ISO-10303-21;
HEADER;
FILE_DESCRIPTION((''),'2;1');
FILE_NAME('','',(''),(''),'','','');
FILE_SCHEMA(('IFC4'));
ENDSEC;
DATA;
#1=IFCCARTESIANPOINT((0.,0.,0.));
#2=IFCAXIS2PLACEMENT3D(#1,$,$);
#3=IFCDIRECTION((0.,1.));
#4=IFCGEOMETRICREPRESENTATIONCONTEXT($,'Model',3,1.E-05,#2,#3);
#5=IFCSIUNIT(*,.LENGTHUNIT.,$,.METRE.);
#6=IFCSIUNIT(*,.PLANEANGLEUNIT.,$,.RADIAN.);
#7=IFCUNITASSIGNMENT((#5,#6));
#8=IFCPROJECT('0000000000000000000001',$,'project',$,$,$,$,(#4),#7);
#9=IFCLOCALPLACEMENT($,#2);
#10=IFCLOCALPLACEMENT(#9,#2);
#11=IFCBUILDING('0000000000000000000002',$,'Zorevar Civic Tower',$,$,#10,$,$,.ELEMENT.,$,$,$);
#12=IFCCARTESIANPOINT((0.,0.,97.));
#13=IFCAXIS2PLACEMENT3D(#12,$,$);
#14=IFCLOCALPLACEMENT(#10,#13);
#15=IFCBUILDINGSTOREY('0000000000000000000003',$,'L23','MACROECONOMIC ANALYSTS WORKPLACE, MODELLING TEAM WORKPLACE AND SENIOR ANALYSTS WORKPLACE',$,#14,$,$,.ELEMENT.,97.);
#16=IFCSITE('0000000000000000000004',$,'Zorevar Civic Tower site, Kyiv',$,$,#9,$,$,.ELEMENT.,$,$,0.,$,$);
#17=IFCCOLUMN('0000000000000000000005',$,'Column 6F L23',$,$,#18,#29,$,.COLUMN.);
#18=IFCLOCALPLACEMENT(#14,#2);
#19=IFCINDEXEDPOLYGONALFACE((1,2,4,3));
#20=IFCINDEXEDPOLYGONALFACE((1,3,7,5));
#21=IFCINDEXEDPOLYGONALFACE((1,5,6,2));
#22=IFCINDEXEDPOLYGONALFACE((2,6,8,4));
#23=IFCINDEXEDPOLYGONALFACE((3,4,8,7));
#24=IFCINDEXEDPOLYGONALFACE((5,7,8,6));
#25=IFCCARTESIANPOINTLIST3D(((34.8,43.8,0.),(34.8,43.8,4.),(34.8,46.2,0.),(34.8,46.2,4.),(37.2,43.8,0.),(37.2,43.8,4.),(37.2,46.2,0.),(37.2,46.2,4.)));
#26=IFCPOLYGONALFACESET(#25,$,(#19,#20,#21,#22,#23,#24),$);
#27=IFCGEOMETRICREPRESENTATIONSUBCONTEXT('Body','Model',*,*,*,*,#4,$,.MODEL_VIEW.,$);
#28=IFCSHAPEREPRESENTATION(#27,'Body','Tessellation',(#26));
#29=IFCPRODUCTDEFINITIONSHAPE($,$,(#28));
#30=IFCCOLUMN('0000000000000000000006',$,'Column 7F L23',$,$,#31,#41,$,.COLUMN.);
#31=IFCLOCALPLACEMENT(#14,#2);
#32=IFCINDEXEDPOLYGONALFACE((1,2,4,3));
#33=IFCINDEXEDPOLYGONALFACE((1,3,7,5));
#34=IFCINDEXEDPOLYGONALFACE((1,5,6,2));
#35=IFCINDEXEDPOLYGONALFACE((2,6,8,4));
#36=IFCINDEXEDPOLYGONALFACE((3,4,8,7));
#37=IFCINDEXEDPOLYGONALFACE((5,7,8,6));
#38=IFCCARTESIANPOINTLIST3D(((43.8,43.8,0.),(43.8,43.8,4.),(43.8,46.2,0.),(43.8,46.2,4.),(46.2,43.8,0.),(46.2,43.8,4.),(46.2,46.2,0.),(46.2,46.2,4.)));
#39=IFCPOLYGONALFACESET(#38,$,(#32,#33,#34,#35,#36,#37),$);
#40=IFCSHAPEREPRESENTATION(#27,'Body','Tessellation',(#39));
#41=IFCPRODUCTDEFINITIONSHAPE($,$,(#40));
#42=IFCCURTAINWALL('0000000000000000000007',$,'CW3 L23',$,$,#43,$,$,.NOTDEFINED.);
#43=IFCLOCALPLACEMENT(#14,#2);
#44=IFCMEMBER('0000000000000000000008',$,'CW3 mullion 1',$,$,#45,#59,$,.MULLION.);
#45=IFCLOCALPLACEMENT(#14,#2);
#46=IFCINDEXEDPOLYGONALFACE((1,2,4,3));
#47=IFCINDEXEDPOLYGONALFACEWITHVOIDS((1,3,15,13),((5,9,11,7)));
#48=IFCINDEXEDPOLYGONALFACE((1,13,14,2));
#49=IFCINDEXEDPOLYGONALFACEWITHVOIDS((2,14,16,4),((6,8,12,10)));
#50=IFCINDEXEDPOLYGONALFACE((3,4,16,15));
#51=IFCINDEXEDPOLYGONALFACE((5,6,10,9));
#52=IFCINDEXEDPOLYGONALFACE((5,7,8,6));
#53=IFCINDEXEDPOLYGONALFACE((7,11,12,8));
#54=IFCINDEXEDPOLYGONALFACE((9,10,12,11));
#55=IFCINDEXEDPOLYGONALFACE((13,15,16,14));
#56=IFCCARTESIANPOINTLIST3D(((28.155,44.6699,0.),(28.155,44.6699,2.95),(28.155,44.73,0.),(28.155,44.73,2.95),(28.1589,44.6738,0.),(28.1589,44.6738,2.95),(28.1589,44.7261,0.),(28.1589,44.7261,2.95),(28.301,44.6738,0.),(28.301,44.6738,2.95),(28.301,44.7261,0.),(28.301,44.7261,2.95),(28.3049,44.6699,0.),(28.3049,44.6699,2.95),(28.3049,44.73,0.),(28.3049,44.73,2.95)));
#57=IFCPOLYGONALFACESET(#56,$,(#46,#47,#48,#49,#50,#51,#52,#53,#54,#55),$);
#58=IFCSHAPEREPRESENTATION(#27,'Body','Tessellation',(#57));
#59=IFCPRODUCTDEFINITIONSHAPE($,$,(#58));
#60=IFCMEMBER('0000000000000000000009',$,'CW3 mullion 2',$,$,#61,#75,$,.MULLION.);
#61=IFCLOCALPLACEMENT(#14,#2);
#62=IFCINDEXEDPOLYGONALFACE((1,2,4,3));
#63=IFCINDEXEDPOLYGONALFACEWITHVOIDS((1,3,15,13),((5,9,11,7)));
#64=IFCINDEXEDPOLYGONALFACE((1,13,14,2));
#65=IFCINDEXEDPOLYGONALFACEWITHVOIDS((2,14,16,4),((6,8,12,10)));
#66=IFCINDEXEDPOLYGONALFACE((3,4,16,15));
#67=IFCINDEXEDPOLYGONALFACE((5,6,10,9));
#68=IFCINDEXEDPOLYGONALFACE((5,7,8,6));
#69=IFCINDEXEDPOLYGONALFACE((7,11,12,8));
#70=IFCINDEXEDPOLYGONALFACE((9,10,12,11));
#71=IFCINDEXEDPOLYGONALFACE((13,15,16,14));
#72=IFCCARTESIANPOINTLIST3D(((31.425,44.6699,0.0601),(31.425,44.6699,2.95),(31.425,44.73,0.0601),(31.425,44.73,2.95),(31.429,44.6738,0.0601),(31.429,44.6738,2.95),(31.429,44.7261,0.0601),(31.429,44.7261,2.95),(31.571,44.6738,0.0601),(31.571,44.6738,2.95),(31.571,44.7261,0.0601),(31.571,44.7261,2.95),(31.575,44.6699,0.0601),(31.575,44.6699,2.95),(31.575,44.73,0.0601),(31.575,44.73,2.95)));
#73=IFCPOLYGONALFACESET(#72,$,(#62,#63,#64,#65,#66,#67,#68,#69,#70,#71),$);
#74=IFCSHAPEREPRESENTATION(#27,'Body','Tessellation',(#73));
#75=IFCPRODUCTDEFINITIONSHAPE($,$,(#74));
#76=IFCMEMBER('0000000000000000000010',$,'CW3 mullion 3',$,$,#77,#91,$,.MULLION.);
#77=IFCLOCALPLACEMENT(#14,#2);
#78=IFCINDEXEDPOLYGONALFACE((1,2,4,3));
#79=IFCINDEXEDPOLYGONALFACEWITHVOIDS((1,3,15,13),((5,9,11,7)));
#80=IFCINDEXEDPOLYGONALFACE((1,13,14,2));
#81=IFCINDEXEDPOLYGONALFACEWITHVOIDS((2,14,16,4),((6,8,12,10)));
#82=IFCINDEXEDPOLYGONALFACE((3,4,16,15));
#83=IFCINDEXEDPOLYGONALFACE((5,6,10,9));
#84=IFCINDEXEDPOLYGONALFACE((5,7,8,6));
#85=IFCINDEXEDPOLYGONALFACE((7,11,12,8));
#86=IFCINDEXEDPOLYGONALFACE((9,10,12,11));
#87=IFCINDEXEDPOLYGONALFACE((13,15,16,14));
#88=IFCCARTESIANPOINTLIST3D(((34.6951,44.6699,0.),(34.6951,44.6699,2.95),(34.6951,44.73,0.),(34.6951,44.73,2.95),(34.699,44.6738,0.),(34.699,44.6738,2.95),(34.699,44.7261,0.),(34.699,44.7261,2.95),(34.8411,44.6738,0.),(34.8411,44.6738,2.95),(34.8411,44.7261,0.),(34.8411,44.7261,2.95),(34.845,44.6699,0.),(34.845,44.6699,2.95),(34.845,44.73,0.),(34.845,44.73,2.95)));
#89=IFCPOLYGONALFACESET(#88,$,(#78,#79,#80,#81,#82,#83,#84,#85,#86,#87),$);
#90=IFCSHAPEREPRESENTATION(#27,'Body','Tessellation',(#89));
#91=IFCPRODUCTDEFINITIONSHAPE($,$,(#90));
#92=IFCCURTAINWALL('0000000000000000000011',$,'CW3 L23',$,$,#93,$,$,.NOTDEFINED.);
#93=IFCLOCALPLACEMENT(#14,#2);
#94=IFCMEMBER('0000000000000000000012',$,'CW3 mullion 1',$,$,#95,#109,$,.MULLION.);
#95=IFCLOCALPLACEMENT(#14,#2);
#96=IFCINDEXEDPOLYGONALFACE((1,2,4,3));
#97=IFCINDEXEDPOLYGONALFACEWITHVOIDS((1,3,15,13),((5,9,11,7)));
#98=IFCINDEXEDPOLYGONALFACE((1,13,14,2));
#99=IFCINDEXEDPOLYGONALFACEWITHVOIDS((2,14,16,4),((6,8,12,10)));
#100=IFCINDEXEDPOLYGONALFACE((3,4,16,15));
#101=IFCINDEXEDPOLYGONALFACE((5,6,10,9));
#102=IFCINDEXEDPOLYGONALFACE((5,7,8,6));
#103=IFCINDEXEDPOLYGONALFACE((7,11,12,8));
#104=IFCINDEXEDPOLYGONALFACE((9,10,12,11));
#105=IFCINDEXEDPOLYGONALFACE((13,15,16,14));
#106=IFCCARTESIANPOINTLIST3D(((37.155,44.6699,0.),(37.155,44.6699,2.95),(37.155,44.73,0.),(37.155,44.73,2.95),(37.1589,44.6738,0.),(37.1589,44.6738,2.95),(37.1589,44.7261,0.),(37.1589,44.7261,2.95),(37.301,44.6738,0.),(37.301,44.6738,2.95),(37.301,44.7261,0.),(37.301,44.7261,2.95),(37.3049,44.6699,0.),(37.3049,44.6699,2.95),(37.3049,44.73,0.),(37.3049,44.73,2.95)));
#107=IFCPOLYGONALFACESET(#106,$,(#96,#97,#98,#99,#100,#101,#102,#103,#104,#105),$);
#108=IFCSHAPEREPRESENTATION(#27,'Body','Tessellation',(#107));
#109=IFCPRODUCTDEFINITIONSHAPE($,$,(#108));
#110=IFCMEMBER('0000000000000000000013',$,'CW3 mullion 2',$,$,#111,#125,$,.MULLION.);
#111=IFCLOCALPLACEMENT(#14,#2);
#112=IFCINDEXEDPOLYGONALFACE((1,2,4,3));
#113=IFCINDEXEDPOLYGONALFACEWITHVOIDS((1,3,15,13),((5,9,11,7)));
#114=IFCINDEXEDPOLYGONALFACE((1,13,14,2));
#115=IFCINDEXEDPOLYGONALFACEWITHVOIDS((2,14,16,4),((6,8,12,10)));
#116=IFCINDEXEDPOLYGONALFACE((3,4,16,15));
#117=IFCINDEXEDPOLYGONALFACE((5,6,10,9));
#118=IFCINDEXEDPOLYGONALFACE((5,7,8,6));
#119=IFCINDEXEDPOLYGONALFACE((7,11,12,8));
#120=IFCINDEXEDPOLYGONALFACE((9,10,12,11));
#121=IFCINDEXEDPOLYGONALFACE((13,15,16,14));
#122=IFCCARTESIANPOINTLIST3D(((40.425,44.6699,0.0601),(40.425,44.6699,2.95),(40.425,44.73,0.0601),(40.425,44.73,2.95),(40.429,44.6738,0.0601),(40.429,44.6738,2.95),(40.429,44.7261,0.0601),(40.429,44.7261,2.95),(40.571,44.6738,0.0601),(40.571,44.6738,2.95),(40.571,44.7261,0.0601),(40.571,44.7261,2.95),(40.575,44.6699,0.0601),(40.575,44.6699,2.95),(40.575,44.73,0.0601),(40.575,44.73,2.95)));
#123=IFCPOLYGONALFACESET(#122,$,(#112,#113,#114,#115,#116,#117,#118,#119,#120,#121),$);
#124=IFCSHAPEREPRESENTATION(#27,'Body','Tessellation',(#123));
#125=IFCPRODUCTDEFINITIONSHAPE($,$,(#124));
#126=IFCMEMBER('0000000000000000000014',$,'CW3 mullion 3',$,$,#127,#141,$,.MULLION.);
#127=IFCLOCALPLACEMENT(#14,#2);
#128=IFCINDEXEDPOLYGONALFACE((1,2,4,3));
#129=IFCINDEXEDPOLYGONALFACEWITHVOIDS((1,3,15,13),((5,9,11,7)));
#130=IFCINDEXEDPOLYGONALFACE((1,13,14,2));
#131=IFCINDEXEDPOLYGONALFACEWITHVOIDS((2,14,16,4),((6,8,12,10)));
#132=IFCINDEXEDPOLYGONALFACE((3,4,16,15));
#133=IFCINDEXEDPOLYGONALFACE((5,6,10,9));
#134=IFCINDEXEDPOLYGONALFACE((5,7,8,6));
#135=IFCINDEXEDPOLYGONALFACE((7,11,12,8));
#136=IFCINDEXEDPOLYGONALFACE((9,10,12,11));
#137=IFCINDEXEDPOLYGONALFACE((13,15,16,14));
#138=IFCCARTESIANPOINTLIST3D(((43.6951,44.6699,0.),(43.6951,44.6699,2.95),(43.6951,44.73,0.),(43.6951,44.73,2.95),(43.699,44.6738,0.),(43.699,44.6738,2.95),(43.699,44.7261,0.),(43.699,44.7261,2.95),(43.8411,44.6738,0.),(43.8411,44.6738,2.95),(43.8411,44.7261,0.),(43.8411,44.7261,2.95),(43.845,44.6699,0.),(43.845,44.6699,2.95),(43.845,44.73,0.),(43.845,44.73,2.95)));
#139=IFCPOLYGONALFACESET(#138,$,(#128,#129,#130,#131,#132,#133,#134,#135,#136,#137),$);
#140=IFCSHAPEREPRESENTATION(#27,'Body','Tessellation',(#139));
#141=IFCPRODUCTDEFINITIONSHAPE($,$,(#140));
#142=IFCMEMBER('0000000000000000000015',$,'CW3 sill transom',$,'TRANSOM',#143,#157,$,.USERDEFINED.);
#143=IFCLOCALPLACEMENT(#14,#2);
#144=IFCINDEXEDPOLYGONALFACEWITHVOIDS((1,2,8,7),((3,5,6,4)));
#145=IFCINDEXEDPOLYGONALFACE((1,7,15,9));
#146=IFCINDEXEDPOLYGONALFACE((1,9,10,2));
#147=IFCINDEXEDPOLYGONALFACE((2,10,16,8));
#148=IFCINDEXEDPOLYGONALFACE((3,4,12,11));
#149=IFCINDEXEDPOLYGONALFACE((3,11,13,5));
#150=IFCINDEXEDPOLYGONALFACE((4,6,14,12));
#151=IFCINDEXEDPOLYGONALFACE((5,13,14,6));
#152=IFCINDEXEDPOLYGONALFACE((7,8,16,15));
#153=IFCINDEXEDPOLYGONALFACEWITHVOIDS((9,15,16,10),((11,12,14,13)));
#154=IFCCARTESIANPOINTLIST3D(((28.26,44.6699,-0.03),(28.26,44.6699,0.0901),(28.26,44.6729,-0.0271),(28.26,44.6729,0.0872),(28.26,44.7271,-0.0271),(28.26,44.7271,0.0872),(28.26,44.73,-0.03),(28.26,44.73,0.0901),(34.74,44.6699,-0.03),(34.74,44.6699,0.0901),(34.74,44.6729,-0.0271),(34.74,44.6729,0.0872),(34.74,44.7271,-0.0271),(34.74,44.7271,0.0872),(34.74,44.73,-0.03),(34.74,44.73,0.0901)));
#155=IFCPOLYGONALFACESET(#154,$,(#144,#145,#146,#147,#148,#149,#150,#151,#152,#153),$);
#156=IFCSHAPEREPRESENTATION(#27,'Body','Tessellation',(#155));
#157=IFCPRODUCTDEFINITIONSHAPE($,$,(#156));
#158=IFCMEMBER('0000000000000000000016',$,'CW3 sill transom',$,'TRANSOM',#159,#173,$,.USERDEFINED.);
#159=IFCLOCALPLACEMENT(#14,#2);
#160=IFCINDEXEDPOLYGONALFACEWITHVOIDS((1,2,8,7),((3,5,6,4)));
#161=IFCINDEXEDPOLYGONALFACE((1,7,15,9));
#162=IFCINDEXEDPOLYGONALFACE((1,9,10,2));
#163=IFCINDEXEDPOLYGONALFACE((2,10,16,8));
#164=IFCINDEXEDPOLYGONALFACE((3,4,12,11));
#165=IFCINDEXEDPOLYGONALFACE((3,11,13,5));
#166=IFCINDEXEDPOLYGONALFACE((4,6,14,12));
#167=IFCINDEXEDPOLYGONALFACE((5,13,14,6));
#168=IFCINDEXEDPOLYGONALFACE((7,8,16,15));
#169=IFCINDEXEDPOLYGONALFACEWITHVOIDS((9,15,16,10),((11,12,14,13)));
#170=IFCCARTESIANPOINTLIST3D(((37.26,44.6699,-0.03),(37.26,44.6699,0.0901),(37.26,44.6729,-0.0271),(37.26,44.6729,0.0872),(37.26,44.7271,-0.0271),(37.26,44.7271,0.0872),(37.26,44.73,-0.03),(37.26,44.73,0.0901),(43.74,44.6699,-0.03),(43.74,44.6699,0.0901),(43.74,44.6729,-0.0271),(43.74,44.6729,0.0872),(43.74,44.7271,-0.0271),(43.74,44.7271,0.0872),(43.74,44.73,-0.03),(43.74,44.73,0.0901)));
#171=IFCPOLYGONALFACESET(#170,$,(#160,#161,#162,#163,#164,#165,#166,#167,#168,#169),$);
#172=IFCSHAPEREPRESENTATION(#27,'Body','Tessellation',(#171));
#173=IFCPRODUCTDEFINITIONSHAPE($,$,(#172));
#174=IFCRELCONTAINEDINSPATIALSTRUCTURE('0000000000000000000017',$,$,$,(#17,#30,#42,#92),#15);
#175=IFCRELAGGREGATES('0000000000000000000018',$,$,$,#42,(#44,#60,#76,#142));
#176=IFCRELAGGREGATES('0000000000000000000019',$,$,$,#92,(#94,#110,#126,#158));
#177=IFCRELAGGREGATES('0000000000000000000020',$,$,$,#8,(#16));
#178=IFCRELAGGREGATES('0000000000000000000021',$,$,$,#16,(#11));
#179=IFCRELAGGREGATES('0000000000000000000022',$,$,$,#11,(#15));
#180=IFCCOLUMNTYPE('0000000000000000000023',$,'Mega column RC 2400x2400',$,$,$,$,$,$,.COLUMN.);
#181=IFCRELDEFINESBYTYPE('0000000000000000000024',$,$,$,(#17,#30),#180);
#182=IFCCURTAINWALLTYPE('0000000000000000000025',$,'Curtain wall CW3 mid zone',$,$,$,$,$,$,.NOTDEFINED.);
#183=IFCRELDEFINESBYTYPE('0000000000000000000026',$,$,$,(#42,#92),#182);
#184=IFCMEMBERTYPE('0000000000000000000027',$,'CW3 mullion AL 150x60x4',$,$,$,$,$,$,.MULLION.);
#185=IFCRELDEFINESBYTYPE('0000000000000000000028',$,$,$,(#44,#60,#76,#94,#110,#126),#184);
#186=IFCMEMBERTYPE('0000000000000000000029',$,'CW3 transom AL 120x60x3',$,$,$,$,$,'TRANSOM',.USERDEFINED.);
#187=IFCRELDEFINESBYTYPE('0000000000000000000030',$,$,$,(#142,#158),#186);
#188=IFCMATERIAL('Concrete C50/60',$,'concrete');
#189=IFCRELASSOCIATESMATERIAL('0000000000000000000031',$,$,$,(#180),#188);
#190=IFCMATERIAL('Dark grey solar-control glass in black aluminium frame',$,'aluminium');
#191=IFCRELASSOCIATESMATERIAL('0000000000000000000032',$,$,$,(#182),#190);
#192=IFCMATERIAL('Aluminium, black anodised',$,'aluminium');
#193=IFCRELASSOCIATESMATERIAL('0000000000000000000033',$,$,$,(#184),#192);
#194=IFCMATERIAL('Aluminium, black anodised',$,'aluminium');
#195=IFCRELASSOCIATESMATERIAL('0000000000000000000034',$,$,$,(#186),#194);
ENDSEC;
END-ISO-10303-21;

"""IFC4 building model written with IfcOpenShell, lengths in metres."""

from ifc_helpers import new_model, si_unit, direction, frame, origin, origin_2d, place, context, subcontext, project, spatial, rectangle, hollow_rectangle, extrude, material, material_profile, profile_set, type_object, element, aggregate, save


model = new_model("IFC4")

# Units and contexts
model_context = context("Model", 3, precision=1e-05, world=origin(), true_north=direction((0.0, 1.0)))
body_context = subcontext(model_context, "Body", "Model", "MODEL_VIEW")
ifc_project = project(units=[si_unit("LENGTHUNIT", "METRE"), si_unit("PLANEANGLEUNIT", "RADIAN")], contexts=[model_context])

# Site, building, storey
site_placement = place(None, origin())
site = spatial("IfcSite", under=ifc_project, at=site_placement, Name="Zorevar Civic Tower site, Kyiv", CompositionType="ELEMENT", RefElevation=0.0)
building_placement = place(site_placement, origin())
building = spatial("IfcBuilding", under=site, at=building_placement, Name="Zorevar Civic Tower", CompositionType="ELEMENT")
storey_placement = place(building_placement, frame((0.0, 0.0, 97.0)))
storey = spatial("IfcBuildingStorey", under=building, at=storey_placement, Name="L23", Description="MACROECONOMIC ANALYSTS WORKPLACE, MODELLING TEAM WORKPLACE AND SENIOR ANALYSTS WORKPLACE", CompositionType="ELEMENT", Elevation=97.0)

# Columns
ifc_material_1 = material(Name="Concrete C50/60", Category="concrete")
ifc_material_profile_1 = material_profile(ifc_material_1, rectangle(XDim=2.3999, YDim=2.3999, at=origin_2d()), Name="RC 2400x2400")
ifc_profile_set_1 = profile_set([ifc_material_profile_1], Name="Concrete C50/60")
column_type = type_object("IfcColumnType", Name="Mega column RC 2400x2400", PredefinedType="COLUMN", material=ifc_profile_set_1)
for number, where, z_axis, x_axis, name in (
    (1, (36.0, 45.0, 0.0), (0.0, 0.0, 1.0), (1.0, 0.0, 0.0), "Column 6F L23"),
    (2, (45.0, 45.0, 0.0), (0.0, 0.0, 1.0), (1.0, 0.0, 0.0), "Column 7F L23"),
):
    element("IfcColumn", number, at=place(storey_placement, frame(where, z_axis=z_axis, x_axis=x_axis)), inside=storey, type_object=column_type, Name=name, PredefinedType="COLUMN", context=body_context, shape_type="SweptSolid", body=[
        extrude(rectangle(XDim=2.3999, YDim=2.3999, at=origin_2d()), origin(), (0.0, 0.0, 1.0), 4.0),
    ])

# Curtain walls, members
ifc_material_2 = material(Name="Dark grey solar-control glass in black aluminium frame", Category="aluminium")
curtain_wall_type = type_object("IfcCurtainWallType", Name="Curtain wall CW3 mid zone", PredefinedType="NOTDEFINED", material=ifc_material_2)
curtain_wall_1_placement = place(storey_placement, origin())
curtain_wall_1 = element("IfcCurtainWall", 3, at=curtain_wall_1_placement, inside=storey, type_object=curtain_wall_type, Name="CW3 L23", PredefinedType="NOTDEFINED")
ifc_material_3 = material(Name="Aluminium, black anodised", Category="aluminium")
ifc_material_profile_2 = material_profile(ifc_material_3, hollow_rectangle(XDim=0.0601, YDim=0.1499, WallThickness=0.0039, at=origin_2d()), Name="AL 150x60x4")
ifc_profile_set_2 = profile_set([ifc_material_profile_2], Name="Aluminium, black anodised")
member_type_1 = type_object("IfcMemberType", Name="CW3 mullion AL 150x60x4", PredefinedType="MULLION", material=ifc_profile_set_2)
member_1_placement = place(storey_placement, frame((28.23, 44.7, 0.0), z_axis=(0.0, 0.0, 1.0), x_axis=(0.0, 1.0, 0.0)))
member_1 = element("IfcMember", 4, at=member_1_placement, type_object=member_type_1, Name="CW3 mullion 1", PredefinedType="MULLION", context=body_context, shape_type="SweptSolid", body=[
    extrude(hollow_rectangle(XDim=0.0601, YDim=0.1499, WallThickness=0.0039, at=origin_2d()), origin(), (0.0, 0.0, 1.0), 2.95),
])
member_2_placement = place(storey_placement, frame((31.5, 44.7, 0.0601), z_axis=(0.0, 0.0, 1.0), x_axis=(0.0, 1.0, 0.0)))
member_2 = element("IfcMember", 5, at=member_2_placement, type_object=member_type_1, Name="CW3 mullion 2", PredefinedType="MULLION", context=body_context, shape_type="SweptSolid", body=[
    extrude(hollow_rectangle(XDim=0.0601, YDim=0.1499, WallThickness=0.0039, at=origin_2d()), origin(), (0.0, 0.0, 1.0), 2.8899),
])
member_3_placement = place(storey_placement, frame((34.77, 44.7, 0.0), z_axis=(0.0, 0.0, 1.0), x_axis=(0.0, 1.0, 0.0)))
member_3 = element("IfcMember", 6, at=member_3_placement, type_object=member_type_1, Name="CW3 mullion 3", PredefinedType="MULLION", context=body_context, shape_type="SweptSolid", body=[
    extrude(hollow_rectangle(XDim=0.0601, YDim=0.1499, WallThickness=0.0039, at=origin_2d()), origin(), (0.0, 0.0, 1.0), 2.95),
])
curtain_wall_2_placement = place(storey_placement, origin())
curtain_wall_2 = element("IfcCurtainWall", 7, at=curtain_wall_2_placement, inside=storey, type_object=curtain_wall_type, Name="CW3 L23", PredefinedType="NOTDEFINED")
member_4_placement = place(storey_placement, frame((37.23, 44.7, 0.0), z_axis=(0.0, 0.0, 1.0), x_axis=(0.0, 1.0, 0.0)))
member_4 = element("IfcMember", 8, at=member_4_placement, type_object=member_type_1, Name="CW3 mullion 1", PredefinedType="MULLION", context=body_context, shape_type="SweptSolid", body=[
    extrude(hollow_rectangle(XDim=0.0601, YDim=0.1499, WallThickness=0.0039, at=origin_2d()), origin(), (0.0, 0.0, 1.0), 2.95),
])
member_5_placement = place(storey_placement, frame((40.5, 44.7, 0.0601), z_axis=(0.0, 0.0, 1.0), x_axis=(0.0, 1.0, 0.0)))
member_5 = element("IfcMember", 9, at=member_5_placement, type_object=member_type_1, Name="CW3 mullion 2", PredefinedType="MULLION", context=body_context, shape_type="SweptSolid", body=[
    extrude(hollow_rectangle(XDim=0.0601, YDim=0.1499, WallThickness=0.0039, at=origin_2d()), origin(), (0.0, 0.0, 1.0), 2.8899),
])
member_6_placement = place(storey_placement, frame((43.77, 44.7, 0.0), z_axis=(0.0, 0.0, 1.0), x_axis=(0.0, 1.0, 0.0)))
member_6 = element("IfcMember", 10, at=member_6_placement, type_object=member_type_1, Name="CW3 mullion 3", PredefinedType="MULLION", context=body_context, shape_type="SweptSolid", body=[
    extrude(hollow_rectangle(XDim=0.0601, YDim=0.1499, WallThickness=0.0039, at=origin_2d()), origin(), (0.0, 0.0, 1.0), 2.95),
])

# Members
ifc_material_4 = material(Name="Aluminium, black anodised", Category="aluminium")
ifc_material_profile_3 = material_profile(ifc_material_4, hollow_rectangle(XDim=0.0601, YDim=0.1201, WallThickness=0.0029, at=origin_2d()), Name="AL 120x60x3")
ifc_profile_set_3 = profile_set([ifc_material_profile_3], Name="Aluminium, black anodised")
member_type_2 = type_object("IfcMemberType", Name="CW3 transom AL 120x60x3", ElementType="TRANSOM", PredefinedType="USERDEFINED", material=ifc_profile_set_3)
member_7_placement = place(storey_placement, frame((28.26, 44.7, 0.03), z_axis=(1.0, 0.0, 0.0), x_axis=(0.0, 1.0, 0.0)))
member_7 = element("IfcMember", 11, at=member_7_placement, type_object=member_type_2, Name="CW3 sill transom", ObjectType="TRANSOM", PredefinedType="USERDEFINED", context=body_context, shape_type="SweptSolid", body=[
    extrude(hollow_rectangle(XDim=0.0601, YDim=0.1201, WallThickness=0.0029, at=origin_2d()), origin(), (0.0, 0.0, 1.0), 6.48),
])
member_8_placement = place(storey_placement, frame((37.26, 44.7, 0.03), z_axis=(1.0, 0.0, 0.0), x_axis=(0.0, 1.0, 0.0)))
member_8 = element("IfcMember", 12, at=member_8_placement, type_object=member_type_2, Name="CW3 sill transom", ObjectType="TRANSOM", PredefinedType="USERDEFINED", context=body_context, shape_type="SweptSolid", body=[
    extrude(hollow_rectangle(XDim=0.0601, YDim=0.1201, WallThickness=0.0029, at=origin_2d()), origin(), (0.0, 0.0, 1.0), 6.48),
])

aggregate(curtain_wall_1, [member_1, member_2, member_3, member_7])
aggregate(curtain_wall_2, [member_4, member_5, member_6, member_8])

save(model, "model.ifc")
